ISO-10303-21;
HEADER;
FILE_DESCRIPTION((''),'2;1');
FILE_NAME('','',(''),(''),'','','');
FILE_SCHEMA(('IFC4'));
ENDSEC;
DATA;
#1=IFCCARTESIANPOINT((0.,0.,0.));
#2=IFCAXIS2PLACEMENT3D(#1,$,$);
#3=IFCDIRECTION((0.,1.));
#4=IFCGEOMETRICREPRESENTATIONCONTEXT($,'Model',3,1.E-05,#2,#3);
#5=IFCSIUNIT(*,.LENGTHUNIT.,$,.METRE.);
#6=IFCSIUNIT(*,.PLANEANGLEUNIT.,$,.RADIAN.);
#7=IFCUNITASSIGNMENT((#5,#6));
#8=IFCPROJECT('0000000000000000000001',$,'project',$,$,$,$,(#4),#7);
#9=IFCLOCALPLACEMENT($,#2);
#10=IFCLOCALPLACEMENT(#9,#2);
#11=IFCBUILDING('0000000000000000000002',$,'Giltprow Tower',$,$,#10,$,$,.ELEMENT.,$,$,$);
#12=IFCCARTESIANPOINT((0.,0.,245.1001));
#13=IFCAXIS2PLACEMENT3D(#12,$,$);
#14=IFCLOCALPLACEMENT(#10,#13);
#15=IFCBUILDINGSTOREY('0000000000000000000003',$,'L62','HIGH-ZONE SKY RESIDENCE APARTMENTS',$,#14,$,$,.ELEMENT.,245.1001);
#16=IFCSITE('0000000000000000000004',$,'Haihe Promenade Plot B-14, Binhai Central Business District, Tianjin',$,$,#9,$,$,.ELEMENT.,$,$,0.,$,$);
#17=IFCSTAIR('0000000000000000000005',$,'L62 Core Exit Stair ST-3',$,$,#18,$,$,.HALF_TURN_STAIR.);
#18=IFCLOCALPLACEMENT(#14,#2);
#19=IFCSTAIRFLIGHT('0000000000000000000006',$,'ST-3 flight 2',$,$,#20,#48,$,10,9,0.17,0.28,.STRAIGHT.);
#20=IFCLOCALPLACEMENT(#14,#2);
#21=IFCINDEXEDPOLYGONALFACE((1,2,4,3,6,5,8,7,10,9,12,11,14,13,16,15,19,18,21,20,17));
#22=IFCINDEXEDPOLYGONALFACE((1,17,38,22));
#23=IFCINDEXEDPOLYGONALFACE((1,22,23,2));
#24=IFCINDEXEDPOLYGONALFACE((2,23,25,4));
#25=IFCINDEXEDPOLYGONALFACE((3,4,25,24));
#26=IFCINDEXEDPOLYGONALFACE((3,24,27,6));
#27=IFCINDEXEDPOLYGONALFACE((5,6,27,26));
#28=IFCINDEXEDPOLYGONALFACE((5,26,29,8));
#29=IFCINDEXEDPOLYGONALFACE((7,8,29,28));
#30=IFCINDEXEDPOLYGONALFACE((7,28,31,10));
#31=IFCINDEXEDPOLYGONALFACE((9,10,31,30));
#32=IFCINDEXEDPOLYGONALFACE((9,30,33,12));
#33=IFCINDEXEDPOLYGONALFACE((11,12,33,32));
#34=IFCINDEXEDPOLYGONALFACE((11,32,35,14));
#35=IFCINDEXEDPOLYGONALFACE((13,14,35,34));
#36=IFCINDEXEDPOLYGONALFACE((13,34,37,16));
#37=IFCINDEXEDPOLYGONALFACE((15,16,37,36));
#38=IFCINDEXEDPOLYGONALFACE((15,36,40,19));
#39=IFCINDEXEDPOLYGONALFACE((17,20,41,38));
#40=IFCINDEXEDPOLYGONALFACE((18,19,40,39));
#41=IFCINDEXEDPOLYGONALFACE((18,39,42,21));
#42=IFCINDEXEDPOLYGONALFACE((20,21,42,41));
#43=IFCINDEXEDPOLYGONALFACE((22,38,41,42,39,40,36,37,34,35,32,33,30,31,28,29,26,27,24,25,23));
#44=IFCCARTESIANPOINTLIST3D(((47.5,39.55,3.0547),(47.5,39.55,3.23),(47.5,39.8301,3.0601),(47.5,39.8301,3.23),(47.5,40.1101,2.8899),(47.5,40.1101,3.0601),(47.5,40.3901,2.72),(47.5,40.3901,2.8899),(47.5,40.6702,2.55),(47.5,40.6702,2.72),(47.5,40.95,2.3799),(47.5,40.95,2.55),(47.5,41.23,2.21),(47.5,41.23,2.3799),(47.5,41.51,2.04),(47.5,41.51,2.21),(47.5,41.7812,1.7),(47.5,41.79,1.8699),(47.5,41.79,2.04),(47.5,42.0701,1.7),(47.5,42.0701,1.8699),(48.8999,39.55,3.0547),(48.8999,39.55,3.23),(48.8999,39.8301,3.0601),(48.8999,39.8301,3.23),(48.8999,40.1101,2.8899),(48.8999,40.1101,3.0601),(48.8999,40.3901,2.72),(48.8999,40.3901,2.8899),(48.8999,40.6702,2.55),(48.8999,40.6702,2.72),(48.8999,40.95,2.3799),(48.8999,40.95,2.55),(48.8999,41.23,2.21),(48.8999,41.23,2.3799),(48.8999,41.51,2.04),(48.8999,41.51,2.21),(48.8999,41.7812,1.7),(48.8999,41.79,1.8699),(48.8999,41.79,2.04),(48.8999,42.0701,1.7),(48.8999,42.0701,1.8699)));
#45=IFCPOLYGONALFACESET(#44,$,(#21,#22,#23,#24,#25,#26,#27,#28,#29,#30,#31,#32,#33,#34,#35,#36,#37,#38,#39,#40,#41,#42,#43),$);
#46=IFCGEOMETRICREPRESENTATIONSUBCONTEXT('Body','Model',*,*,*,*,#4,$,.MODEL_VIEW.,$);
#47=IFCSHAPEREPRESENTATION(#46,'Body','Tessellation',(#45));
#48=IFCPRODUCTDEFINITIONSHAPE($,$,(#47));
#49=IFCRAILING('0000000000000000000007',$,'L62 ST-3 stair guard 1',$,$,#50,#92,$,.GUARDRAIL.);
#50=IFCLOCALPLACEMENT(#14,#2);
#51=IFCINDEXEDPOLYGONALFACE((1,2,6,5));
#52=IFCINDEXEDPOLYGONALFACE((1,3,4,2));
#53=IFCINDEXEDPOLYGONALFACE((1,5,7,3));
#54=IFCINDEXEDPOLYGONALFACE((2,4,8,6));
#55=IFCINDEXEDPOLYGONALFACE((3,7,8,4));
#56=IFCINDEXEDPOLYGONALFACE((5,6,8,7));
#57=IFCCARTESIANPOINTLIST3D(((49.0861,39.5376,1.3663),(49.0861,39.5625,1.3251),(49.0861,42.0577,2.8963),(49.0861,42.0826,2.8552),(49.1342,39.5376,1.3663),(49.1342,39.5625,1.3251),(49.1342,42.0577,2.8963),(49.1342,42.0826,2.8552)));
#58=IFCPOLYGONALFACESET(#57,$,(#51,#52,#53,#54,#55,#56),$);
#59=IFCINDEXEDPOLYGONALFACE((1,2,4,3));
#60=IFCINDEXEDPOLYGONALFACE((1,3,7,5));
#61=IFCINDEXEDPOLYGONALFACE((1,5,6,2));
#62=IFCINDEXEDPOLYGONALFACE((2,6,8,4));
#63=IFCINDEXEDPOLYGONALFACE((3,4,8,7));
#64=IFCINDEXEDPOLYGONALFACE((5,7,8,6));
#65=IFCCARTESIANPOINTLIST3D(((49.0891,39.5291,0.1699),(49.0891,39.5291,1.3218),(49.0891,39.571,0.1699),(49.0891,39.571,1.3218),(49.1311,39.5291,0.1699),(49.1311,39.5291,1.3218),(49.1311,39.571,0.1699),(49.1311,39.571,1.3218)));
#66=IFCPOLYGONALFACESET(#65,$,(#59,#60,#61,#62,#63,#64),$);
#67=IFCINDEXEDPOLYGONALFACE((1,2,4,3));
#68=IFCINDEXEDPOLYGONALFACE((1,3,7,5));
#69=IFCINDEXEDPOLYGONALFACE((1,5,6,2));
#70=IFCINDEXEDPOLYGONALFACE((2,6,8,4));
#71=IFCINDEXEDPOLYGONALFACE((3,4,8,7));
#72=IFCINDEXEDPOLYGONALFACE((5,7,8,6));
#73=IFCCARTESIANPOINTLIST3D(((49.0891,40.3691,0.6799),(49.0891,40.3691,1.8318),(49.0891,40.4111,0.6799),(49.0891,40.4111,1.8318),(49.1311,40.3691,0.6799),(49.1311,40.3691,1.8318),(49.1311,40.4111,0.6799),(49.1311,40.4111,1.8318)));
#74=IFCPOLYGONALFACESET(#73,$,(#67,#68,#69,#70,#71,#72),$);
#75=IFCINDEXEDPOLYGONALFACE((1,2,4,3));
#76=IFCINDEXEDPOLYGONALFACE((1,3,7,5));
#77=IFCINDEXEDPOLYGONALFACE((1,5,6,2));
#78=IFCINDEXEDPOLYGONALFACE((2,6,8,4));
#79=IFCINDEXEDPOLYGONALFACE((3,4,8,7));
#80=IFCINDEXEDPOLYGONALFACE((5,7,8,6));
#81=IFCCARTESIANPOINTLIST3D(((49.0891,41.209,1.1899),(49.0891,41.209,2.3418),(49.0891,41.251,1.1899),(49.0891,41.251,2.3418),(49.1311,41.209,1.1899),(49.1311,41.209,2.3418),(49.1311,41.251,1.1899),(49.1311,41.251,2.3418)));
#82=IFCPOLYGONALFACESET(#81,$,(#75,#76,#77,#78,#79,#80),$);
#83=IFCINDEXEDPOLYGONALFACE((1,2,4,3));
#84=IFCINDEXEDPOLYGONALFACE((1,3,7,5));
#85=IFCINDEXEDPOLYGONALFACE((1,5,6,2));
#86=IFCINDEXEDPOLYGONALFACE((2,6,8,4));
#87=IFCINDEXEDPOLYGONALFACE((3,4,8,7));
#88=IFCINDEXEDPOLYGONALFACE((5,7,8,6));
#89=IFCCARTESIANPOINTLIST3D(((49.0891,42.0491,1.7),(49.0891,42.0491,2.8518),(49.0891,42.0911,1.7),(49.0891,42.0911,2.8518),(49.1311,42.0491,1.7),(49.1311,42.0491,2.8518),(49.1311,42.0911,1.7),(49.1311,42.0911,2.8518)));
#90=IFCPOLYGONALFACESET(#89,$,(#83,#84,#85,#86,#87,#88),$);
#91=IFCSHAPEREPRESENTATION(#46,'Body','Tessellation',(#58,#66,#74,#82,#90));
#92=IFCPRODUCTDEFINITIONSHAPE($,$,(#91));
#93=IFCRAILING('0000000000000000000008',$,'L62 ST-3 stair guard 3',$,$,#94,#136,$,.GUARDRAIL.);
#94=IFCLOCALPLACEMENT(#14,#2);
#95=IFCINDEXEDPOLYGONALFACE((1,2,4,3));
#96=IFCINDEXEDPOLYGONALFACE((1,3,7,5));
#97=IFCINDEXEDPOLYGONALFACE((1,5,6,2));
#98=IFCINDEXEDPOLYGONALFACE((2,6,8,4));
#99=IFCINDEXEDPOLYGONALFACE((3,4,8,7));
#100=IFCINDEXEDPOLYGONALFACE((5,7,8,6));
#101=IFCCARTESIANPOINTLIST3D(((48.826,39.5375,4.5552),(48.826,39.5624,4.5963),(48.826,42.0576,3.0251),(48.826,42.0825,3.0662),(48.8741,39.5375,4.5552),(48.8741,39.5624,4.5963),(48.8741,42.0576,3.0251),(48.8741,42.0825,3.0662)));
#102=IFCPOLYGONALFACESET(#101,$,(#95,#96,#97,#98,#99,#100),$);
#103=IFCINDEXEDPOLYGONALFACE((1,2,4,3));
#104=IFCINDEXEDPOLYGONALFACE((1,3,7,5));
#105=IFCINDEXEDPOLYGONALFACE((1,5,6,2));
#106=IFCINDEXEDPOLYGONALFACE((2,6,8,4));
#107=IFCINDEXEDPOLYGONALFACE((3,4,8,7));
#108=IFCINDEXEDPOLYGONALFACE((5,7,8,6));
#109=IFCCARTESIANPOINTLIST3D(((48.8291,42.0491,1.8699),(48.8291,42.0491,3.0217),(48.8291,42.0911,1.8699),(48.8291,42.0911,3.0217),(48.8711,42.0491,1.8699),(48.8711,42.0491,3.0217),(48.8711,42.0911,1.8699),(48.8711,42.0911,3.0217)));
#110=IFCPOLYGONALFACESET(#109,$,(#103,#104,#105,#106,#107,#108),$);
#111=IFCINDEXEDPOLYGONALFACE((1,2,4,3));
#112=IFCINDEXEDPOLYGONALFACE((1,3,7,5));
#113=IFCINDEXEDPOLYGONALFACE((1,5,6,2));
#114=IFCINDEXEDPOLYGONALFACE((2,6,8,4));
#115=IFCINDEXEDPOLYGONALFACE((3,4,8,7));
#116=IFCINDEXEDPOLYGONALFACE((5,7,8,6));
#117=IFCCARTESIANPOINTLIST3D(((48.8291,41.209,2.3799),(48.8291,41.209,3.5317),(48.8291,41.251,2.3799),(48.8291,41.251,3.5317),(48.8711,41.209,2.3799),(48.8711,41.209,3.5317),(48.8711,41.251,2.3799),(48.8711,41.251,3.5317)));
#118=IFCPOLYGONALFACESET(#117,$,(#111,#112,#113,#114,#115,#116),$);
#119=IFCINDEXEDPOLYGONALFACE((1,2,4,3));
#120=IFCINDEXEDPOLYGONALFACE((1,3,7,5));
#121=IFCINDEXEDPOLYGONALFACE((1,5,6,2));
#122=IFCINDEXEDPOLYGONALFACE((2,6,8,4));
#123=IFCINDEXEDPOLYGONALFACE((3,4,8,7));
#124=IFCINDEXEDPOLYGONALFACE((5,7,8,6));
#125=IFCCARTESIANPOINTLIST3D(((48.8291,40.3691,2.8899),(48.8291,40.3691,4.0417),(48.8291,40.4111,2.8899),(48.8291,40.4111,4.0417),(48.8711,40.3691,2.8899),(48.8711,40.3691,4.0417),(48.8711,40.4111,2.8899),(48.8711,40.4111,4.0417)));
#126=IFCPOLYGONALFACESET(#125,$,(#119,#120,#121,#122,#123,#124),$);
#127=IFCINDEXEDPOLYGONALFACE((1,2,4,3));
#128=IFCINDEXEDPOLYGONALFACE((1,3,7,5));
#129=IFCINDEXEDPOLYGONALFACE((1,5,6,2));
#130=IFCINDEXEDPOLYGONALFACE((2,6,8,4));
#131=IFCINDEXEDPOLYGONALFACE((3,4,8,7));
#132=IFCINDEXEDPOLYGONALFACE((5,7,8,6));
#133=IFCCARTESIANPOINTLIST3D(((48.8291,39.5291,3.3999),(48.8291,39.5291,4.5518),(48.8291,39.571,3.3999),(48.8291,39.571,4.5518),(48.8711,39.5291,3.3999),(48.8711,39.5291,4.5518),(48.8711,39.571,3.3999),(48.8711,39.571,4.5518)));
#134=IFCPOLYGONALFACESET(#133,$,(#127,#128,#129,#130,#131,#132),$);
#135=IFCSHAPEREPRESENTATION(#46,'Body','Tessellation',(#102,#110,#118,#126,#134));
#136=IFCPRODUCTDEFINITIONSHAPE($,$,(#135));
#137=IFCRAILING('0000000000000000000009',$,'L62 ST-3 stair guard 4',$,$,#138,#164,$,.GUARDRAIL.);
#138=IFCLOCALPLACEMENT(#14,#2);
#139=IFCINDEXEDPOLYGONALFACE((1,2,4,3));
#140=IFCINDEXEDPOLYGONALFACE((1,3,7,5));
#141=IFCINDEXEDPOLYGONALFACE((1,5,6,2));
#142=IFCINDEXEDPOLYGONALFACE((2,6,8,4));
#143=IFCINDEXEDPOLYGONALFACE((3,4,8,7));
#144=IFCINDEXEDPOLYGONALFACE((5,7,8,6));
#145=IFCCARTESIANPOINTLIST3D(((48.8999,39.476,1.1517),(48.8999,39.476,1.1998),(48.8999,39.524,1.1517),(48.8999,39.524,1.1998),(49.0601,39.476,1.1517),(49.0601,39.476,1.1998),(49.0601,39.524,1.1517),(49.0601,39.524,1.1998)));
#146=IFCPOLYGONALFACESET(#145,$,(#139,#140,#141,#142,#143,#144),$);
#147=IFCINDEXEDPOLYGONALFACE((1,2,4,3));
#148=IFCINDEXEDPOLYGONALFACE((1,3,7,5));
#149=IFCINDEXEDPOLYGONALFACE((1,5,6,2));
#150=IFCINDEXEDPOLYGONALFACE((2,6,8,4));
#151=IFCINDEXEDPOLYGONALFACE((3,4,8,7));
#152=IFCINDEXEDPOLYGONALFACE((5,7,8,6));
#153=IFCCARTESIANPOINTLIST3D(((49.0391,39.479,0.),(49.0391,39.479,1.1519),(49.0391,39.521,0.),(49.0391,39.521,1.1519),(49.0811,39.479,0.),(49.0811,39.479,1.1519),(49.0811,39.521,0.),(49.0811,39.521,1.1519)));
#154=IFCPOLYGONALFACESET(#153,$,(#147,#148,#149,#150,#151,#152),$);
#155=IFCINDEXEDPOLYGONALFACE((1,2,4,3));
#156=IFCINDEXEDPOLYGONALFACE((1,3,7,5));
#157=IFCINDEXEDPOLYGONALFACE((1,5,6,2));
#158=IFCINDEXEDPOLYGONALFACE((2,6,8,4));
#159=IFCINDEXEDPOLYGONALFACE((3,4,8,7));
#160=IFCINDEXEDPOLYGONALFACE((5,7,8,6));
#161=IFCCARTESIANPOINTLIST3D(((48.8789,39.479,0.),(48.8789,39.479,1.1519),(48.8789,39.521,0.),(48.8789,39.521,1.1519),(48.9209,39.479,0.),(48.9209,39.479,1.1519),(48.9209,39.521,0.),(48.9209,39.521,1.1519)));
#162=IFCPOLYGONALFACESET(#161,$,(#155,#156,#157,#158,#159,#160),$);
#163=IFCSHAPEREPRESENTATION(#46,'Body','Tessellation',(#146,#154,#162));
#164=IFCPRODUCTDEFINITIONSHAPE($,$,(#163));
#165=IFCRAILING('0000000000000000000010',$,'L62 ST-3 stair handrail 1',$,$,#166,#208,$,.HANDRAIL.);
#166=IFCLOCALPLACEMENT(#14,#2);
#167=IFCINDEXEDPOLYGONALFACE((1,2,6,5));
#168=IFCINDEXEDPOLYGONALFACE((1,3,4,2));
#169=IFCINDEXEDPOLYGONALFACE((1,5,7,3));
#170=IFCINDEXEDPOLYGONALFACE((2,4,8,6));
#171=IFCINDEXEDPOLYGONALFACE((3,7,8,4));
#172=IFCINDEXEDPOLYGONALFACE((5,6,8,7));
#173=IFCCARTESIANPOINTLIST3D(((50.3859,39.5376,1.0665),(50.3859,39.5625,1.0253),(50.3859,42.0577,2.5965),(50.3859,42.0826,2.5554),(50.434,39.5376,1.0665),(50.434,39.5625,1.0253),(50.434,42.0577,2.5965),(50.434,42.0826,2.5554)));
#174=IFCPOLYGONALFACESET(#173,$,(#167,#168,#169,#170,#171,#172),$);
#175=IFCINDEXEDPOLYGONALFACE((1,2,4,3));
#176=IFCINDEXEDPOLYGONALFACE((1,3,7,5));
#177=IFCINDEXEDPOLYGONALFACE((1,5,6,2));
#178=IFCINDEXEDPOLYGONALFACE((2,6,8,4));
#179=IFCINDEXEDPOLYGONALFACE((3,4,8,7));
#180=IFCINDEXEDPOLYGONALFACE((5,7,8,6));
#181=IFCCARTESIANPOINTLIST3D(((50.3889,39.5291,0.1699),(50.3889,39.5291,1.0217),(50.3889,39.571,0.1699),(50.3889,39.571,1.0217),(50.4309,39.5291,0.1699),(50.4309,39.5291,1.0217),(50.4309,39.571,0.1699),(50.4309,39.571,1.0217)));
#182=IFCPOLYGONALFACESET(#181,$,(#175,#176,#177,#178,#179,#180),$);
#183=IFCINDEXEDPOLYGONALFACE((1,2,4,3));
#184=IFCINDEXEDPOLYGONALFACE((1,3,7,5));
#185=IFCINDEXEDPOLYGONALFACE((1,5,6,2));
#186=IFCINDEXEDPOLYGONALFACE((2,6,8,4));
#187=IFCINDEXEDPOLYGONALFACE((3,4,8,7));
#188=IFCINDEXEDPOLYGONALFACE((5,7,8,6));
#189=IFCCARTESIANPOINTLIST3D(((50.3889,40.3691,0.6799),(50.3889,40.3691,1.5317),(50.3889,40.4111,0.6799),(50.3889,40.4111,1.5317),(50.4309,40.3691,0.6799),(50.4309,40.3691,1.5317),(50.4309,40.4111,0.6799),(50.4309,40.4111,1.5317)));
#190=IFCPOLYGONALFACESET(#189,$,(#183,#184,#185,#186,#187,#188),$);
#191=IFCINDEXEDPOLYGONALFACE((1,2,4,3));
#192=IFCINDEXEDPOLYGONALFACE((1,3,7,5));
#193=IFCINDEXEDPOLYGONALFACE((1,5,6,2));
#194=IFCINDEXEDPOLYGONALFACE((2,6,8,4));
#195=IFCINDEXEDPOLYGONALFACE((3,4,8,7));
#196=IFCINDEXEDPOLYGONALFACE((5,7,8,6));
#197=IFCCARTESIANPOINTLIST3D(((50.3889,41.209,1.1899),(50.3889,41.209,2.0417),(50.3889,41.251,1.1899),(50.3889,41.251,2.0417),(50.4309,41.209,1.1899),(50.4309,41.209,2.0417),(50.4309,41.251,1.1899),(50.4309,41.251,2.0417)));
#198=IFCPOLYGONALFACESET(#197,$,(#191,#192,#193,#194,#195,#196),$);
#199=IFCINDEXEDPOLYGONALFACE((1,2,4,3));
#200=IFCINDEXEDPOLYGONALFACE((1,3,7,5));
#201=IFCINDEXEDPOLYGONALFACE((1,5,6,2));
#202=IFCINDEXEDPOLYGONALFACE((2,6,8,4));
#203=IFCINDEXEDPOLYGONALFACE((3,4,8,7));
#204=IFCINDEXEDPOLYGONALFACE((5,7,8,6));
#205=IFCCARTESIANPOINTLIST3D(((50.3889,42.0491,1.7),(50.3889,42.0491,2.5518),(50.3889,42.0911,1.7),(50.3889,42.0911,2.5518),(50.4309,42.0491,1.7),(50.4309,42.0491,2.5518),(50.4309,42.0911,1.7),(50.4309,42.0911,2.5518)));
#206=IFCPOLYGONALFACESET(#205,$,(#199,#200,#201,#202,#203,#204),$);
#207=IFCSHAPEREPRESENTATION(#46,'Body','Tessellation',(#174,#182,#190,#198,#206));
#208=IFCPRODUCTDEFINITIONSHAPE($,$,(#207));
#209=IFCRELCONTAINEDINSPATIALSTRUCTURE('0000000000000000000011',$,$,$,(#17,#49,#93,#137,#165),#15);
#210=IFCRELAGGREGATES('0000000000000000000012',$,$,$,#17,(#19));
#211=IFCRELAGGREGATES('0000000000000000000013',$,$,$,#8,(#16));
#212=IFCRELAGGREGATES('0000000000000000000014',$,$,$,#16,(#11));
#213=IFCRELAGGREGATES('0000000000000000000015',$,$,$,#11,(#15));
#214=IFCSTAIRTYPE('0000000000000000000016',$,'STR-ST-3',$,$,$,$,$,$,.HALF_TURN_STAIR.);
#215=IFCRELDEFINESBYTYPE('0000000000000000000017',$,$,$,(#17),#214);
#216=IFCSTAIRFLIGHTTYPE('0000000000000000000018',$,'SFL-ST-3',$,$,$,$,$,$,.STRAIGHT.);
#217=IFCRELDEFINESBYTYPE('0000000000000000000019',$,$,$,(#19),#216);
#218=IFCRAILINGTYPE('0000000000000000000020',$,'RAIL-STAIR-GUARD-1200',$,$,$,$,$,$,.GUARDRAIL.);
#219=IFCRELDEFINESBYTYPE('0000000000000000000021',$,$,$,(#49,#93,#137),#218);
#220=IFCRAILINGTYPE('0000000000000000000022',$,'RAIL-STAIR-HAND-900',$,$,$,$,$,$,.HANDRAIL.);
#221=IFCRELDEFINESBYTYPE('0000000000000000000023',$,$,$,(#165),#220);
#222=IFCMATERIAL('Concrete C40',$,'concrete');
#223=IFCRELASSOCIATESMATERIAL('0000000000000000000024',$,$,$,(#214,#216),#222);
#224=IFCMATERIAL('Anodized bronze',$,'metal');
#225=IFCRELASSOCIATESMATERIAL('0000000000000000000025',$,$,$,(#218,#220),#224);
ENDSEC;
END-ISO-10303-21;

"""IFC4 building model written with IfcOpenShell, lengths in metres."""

from ifc_helpers import new_model, si_unit, direction, frame, origin, origin_2d, place, context, subcontext, project, spatial, polyline, rectangle, outline, extrude, material, type_object, element, aggregate, save


model = new_model("IFC4")

# Units and contexts
model_context = context("Model", 3, precision=1e-05, world=origin(), true_north=direction((0.0, 1.0)))
body_context = subcontext(model_context, "Body", "Model", "MODEL_VIEW")
ifc_project = project(units=[si_unit("LENGTHUNIT", "METRE"), si_unit("PLANEANGLEUNIT", "RADIAN")], contexts=[model_context])

# Site, building, storey
site_placement = place(None, origin())
site = spatial("IfcSite", under=ifc_project, at=site_placement, Name="Haihe Promenade Plot B-14, Binhai Central Business District, Tianjin", CompositionType="ELEMENT", RefElevation=0.0)
building_placement = place(site_placement, origin())
building = spatial("IfcBuilding", under=site, at=building_placement, Name="Giltprow Tower", CompositionType="ELEMENT")
storey_placement = place(building_placement, frame((0.0, 0.0, 245.1001)))
storey = spatial("IfcBuildingStorey", under=building, at=storey_placement, Name="L62", Description="HIGH-ZONE SKY RESIDENCE APARTMENTS", CompositionType="ELEMENT", Elevation=245.1001)

# Shared definitions
ifc_material_1 = material(Name="Concrete C40", Category="concrete")

# Stair, stair flight
stair_type = type_object("IfcStairType", Name="STR-ST-3", PredefinedType="HALF_TURN_STAIR", material=ifc_material_1)
stair_placement = place(storey_placement, origin())
stair = element("IfcStair", 1, at=stair_placement, inside=storey, type_object=stair_type, Name="L62 Core Exit Stair ST-3", PredefinedType="HALF_TURN_STAIR")
stair_flight_type = type_object("IfcStairFlightType", Name="SFL-ST-3", PredefinedType="STRAIGHT", material=ifc_material_1)
stair_flight_1_placement = place(storey_placement, frame((48.2, 42.0701, 1.7), z_axis=(0.0, 0.0, 1.0), x_axis=(0.0, -1.0, 0.0)))
stair_flight_1 = element("IfcStairFlight", 2, at=stair_flight_1_placement, type_object=stair_flight_type, Name="ST-3 flight 2", NumberOfRisers=10, NumberOfTreads=9, PredefinedType="STRAIGHT", RiserHeight=0.17, TreadLength=0.28, context=body_context, shape_type="SweptSolid", body=[
    extrude(outline(polyline([(0.0, 0.0), (0.0, 0.1699), (0.28, 0.1699), (0.28, 0.3401), (0.5601, 0.3401), (0.5601, 0.51), (0.8401, 0.51), (0.8401, 0.6799), (1.1201, 0.6799), (1.1201, 0.8501), (1.3999, 0.8501), (1.3999, 1.02), (1.6799, 1.02), (1.6799, 1.1899), (1.96, 1.1899), (1.96, 1.3601), (2.24, 1.3601), (2.24, 1.53), (2.52, 1.53), (2.52, 1.7), (2.52, 1.3547), (0.2888, 0.0), (0.0, 0.0)])), frame((0.0, 0.7, 0.0), z_axis=(0.0, -1.0, 0.0), x_axis=(1.0, 0.0, 0.0)), (0.0, 0.0, 1.0), 1.3999),
])
aggregate(stair, [stair_flight_1])

# Railings
ifc_material_2 = material(Name="Anodized bronze", Category="metal")
railing_type_1 = type_object("IfcRailingType", Name="RAIL-STAIR-GUARD-1200", PredefinedType="GUARDRAIL", material=ifc_material_2)
railing_1_placement = place(storey_placement, frame((49.1101, 39.55, 0.1699)))
element("IfcRailing", 3, at=railing_1_placement, inside=storey, type_object=railing_type_1, Name="L62 ST-3 stair guard 1", PredefinedType="GUARDRAIL", context=body_context, shape_type="SweptSolid", body=[
    extrude(rectangle(XDim=0.0481, YDim=0.0481, at=origin_2d()), frame((0.0, 0.0, 1.1758), z_axis=(0.0, 0.854785, 0.518982), x_axis=(-1.0, 0.0, 0.0)), (0.0, 0.0, 1.0), 2.9482),
    extrude(rectangle(XDim=0.042, YDim=0.042, at=origin_2d()), origin(), (0.0, 0.0, 1.0), 1.1519),
    extrude(rectangle(XDim=0.042, YDim=0.042, at=origin_2d()), frame((0.0, 0.8401, 0.51)), (0.0, 0.0, 1.0), 1.1519),
    extrude(rectangle(XDim=0.042, YDim=0.042, at=origin_2d()), frame((0.0, 1.6799, 1.02)), (0.0, 0.0, 1.0), 1.1519),
    extrude(rectangle(XDim=0.042, YDim=0.042, at=origin_2d()), frame((0.0, 2.52, 1.53)), (0.0, 0.0, 1.0), 1.1519),
])
railing_2_placement = place(storey_placement, frame((48.8501, 42.0701, 1.8699)))
element("IfcRailing", 4, at=railing_2_placement, inside=storey, type_object=railing_type_1, Name="L62 ST-3 stair guard 3", PredefinedType="GUARDRAIL", context=body_context, shape_type="SweptSolid", body=[
    extrude(rectangle(XDim=0.0481, YDim=0.0481, at=origin_2d()), frame((0.0, 0.0, 1.1758), z_axis=(0.0, -0.854785, 0.518982), x_axis=(1.0, 0.0, 0.0)), (0.0, 0.0, 1.0), 2.9482),
    extrude(rectangle(XDim=0.042, YDim=0.042, at=origin_2d()), origin(), (0.0, 0.0, 1.0), 1.1519),
    extrude(rectangle(XDim=0.042, YDim=0.042, at=origin_2d()), frame((0.0, -0.8401, 0.51)), (0.0, 0.0, 1.0), 1.1519),
    extrude(rectangle(XDim=0.042, YDim=0.042, at=origin_2d()), frame((0.0, -1.6799, 1.02)), (0.0, 0.0, 1.0), 1.1519),
    extrude(rectangle(XDim=0.042, YDim=0.042, at=origin_2d()), frame((0.0, -2.52, 1.53)), (0.0, 0.0, 1.0), 1.1519),
])
railing_3_placement = place(storey_placement, frame((49.0601, 39.5, 0.0)))
element("IfcRailing", 5, at=railing_3_placement, inside=storey, type_object=railing_type_1, Name="L62 ST-3 stair guard 4", PredefinedType="GUARDRAIL", context=body_context, shape_type="SweptSolid", body=[
    extrude(rectangle(XDim=0.0481, YDim=0.0481, at=origin_2d()), frame((0.0, 0.0, 1.1758), z_axis=(-1.0, 0.0, 0.0), x_axis=(0.0, -1.0, 0.0)), (0.0, 0.0, 1.0), 0.1602),
    extrude(rectangle(XDim=0.042, YDim=0.042, at=origin_2d()), origin(), (0.0, 0.0, 1.0), 1.1519),
    extrude(rectangle(XDim=0.042, YDim=0.042, at=origin_2d()), frame((-0.1602, 0.0, 0.0)), (0.0, 0.0, 1.0), 1.1519),
])
railing_type_2 = type_object("IfcRailingType", Name="RAIL-STAIR-HAND-900", PredefinedType="HANDRAIL", material=ifc_material_2)
railing_4_placement = place(storey_placement, frame((50.4099, 39.55, 0.1699)))
element("IfcRailing", 6, at=railing_4_placement, inside=storey, type_object=railing_type_2, Name="L62 ST-3 stair handrail 1", PredefinedType="HANDRAIL", context=body_context, shape_type="SweptSolid", body=[
    extrude(rectangle(XDim=0.0481, YDim=0.0481, at=origin_2d()), frame((0.0, 0.0, 0.876), z_axis=(0.0, 0.854785, 0.518982), x_axis=(-1.0, 0.0, 0.0)), (0.0, 0.0, 1.0), 2.9482),
    extrude(rectangle(XDim=0.042, YDim=0.042, at=origin_2d()), origin(), (0.0, 0.0, 1.0), 0.8518),
    extrude(rectangle(XDim=0.042, YDim=0.042, at=origin_2d()), frame((0.0, 0.8401, 0.51)), (0.0, 0.0, 1.0), 0.8518),
    extrude(rectangle(XDim=0.042, YDim=0.042, at=origin_2d()), frame((0.0, 1.6799, 1.02)), (0.0, 0.0, 1.0), 0.8518),
    extrude(rectangle(XDim=0.042, YDim=0.042, at=origin_2d()), frame((0.0, 2.52, 1.53)), (0.0, 0.0, 1.0), 0.8518),
])

save(model, "model.ifc")
